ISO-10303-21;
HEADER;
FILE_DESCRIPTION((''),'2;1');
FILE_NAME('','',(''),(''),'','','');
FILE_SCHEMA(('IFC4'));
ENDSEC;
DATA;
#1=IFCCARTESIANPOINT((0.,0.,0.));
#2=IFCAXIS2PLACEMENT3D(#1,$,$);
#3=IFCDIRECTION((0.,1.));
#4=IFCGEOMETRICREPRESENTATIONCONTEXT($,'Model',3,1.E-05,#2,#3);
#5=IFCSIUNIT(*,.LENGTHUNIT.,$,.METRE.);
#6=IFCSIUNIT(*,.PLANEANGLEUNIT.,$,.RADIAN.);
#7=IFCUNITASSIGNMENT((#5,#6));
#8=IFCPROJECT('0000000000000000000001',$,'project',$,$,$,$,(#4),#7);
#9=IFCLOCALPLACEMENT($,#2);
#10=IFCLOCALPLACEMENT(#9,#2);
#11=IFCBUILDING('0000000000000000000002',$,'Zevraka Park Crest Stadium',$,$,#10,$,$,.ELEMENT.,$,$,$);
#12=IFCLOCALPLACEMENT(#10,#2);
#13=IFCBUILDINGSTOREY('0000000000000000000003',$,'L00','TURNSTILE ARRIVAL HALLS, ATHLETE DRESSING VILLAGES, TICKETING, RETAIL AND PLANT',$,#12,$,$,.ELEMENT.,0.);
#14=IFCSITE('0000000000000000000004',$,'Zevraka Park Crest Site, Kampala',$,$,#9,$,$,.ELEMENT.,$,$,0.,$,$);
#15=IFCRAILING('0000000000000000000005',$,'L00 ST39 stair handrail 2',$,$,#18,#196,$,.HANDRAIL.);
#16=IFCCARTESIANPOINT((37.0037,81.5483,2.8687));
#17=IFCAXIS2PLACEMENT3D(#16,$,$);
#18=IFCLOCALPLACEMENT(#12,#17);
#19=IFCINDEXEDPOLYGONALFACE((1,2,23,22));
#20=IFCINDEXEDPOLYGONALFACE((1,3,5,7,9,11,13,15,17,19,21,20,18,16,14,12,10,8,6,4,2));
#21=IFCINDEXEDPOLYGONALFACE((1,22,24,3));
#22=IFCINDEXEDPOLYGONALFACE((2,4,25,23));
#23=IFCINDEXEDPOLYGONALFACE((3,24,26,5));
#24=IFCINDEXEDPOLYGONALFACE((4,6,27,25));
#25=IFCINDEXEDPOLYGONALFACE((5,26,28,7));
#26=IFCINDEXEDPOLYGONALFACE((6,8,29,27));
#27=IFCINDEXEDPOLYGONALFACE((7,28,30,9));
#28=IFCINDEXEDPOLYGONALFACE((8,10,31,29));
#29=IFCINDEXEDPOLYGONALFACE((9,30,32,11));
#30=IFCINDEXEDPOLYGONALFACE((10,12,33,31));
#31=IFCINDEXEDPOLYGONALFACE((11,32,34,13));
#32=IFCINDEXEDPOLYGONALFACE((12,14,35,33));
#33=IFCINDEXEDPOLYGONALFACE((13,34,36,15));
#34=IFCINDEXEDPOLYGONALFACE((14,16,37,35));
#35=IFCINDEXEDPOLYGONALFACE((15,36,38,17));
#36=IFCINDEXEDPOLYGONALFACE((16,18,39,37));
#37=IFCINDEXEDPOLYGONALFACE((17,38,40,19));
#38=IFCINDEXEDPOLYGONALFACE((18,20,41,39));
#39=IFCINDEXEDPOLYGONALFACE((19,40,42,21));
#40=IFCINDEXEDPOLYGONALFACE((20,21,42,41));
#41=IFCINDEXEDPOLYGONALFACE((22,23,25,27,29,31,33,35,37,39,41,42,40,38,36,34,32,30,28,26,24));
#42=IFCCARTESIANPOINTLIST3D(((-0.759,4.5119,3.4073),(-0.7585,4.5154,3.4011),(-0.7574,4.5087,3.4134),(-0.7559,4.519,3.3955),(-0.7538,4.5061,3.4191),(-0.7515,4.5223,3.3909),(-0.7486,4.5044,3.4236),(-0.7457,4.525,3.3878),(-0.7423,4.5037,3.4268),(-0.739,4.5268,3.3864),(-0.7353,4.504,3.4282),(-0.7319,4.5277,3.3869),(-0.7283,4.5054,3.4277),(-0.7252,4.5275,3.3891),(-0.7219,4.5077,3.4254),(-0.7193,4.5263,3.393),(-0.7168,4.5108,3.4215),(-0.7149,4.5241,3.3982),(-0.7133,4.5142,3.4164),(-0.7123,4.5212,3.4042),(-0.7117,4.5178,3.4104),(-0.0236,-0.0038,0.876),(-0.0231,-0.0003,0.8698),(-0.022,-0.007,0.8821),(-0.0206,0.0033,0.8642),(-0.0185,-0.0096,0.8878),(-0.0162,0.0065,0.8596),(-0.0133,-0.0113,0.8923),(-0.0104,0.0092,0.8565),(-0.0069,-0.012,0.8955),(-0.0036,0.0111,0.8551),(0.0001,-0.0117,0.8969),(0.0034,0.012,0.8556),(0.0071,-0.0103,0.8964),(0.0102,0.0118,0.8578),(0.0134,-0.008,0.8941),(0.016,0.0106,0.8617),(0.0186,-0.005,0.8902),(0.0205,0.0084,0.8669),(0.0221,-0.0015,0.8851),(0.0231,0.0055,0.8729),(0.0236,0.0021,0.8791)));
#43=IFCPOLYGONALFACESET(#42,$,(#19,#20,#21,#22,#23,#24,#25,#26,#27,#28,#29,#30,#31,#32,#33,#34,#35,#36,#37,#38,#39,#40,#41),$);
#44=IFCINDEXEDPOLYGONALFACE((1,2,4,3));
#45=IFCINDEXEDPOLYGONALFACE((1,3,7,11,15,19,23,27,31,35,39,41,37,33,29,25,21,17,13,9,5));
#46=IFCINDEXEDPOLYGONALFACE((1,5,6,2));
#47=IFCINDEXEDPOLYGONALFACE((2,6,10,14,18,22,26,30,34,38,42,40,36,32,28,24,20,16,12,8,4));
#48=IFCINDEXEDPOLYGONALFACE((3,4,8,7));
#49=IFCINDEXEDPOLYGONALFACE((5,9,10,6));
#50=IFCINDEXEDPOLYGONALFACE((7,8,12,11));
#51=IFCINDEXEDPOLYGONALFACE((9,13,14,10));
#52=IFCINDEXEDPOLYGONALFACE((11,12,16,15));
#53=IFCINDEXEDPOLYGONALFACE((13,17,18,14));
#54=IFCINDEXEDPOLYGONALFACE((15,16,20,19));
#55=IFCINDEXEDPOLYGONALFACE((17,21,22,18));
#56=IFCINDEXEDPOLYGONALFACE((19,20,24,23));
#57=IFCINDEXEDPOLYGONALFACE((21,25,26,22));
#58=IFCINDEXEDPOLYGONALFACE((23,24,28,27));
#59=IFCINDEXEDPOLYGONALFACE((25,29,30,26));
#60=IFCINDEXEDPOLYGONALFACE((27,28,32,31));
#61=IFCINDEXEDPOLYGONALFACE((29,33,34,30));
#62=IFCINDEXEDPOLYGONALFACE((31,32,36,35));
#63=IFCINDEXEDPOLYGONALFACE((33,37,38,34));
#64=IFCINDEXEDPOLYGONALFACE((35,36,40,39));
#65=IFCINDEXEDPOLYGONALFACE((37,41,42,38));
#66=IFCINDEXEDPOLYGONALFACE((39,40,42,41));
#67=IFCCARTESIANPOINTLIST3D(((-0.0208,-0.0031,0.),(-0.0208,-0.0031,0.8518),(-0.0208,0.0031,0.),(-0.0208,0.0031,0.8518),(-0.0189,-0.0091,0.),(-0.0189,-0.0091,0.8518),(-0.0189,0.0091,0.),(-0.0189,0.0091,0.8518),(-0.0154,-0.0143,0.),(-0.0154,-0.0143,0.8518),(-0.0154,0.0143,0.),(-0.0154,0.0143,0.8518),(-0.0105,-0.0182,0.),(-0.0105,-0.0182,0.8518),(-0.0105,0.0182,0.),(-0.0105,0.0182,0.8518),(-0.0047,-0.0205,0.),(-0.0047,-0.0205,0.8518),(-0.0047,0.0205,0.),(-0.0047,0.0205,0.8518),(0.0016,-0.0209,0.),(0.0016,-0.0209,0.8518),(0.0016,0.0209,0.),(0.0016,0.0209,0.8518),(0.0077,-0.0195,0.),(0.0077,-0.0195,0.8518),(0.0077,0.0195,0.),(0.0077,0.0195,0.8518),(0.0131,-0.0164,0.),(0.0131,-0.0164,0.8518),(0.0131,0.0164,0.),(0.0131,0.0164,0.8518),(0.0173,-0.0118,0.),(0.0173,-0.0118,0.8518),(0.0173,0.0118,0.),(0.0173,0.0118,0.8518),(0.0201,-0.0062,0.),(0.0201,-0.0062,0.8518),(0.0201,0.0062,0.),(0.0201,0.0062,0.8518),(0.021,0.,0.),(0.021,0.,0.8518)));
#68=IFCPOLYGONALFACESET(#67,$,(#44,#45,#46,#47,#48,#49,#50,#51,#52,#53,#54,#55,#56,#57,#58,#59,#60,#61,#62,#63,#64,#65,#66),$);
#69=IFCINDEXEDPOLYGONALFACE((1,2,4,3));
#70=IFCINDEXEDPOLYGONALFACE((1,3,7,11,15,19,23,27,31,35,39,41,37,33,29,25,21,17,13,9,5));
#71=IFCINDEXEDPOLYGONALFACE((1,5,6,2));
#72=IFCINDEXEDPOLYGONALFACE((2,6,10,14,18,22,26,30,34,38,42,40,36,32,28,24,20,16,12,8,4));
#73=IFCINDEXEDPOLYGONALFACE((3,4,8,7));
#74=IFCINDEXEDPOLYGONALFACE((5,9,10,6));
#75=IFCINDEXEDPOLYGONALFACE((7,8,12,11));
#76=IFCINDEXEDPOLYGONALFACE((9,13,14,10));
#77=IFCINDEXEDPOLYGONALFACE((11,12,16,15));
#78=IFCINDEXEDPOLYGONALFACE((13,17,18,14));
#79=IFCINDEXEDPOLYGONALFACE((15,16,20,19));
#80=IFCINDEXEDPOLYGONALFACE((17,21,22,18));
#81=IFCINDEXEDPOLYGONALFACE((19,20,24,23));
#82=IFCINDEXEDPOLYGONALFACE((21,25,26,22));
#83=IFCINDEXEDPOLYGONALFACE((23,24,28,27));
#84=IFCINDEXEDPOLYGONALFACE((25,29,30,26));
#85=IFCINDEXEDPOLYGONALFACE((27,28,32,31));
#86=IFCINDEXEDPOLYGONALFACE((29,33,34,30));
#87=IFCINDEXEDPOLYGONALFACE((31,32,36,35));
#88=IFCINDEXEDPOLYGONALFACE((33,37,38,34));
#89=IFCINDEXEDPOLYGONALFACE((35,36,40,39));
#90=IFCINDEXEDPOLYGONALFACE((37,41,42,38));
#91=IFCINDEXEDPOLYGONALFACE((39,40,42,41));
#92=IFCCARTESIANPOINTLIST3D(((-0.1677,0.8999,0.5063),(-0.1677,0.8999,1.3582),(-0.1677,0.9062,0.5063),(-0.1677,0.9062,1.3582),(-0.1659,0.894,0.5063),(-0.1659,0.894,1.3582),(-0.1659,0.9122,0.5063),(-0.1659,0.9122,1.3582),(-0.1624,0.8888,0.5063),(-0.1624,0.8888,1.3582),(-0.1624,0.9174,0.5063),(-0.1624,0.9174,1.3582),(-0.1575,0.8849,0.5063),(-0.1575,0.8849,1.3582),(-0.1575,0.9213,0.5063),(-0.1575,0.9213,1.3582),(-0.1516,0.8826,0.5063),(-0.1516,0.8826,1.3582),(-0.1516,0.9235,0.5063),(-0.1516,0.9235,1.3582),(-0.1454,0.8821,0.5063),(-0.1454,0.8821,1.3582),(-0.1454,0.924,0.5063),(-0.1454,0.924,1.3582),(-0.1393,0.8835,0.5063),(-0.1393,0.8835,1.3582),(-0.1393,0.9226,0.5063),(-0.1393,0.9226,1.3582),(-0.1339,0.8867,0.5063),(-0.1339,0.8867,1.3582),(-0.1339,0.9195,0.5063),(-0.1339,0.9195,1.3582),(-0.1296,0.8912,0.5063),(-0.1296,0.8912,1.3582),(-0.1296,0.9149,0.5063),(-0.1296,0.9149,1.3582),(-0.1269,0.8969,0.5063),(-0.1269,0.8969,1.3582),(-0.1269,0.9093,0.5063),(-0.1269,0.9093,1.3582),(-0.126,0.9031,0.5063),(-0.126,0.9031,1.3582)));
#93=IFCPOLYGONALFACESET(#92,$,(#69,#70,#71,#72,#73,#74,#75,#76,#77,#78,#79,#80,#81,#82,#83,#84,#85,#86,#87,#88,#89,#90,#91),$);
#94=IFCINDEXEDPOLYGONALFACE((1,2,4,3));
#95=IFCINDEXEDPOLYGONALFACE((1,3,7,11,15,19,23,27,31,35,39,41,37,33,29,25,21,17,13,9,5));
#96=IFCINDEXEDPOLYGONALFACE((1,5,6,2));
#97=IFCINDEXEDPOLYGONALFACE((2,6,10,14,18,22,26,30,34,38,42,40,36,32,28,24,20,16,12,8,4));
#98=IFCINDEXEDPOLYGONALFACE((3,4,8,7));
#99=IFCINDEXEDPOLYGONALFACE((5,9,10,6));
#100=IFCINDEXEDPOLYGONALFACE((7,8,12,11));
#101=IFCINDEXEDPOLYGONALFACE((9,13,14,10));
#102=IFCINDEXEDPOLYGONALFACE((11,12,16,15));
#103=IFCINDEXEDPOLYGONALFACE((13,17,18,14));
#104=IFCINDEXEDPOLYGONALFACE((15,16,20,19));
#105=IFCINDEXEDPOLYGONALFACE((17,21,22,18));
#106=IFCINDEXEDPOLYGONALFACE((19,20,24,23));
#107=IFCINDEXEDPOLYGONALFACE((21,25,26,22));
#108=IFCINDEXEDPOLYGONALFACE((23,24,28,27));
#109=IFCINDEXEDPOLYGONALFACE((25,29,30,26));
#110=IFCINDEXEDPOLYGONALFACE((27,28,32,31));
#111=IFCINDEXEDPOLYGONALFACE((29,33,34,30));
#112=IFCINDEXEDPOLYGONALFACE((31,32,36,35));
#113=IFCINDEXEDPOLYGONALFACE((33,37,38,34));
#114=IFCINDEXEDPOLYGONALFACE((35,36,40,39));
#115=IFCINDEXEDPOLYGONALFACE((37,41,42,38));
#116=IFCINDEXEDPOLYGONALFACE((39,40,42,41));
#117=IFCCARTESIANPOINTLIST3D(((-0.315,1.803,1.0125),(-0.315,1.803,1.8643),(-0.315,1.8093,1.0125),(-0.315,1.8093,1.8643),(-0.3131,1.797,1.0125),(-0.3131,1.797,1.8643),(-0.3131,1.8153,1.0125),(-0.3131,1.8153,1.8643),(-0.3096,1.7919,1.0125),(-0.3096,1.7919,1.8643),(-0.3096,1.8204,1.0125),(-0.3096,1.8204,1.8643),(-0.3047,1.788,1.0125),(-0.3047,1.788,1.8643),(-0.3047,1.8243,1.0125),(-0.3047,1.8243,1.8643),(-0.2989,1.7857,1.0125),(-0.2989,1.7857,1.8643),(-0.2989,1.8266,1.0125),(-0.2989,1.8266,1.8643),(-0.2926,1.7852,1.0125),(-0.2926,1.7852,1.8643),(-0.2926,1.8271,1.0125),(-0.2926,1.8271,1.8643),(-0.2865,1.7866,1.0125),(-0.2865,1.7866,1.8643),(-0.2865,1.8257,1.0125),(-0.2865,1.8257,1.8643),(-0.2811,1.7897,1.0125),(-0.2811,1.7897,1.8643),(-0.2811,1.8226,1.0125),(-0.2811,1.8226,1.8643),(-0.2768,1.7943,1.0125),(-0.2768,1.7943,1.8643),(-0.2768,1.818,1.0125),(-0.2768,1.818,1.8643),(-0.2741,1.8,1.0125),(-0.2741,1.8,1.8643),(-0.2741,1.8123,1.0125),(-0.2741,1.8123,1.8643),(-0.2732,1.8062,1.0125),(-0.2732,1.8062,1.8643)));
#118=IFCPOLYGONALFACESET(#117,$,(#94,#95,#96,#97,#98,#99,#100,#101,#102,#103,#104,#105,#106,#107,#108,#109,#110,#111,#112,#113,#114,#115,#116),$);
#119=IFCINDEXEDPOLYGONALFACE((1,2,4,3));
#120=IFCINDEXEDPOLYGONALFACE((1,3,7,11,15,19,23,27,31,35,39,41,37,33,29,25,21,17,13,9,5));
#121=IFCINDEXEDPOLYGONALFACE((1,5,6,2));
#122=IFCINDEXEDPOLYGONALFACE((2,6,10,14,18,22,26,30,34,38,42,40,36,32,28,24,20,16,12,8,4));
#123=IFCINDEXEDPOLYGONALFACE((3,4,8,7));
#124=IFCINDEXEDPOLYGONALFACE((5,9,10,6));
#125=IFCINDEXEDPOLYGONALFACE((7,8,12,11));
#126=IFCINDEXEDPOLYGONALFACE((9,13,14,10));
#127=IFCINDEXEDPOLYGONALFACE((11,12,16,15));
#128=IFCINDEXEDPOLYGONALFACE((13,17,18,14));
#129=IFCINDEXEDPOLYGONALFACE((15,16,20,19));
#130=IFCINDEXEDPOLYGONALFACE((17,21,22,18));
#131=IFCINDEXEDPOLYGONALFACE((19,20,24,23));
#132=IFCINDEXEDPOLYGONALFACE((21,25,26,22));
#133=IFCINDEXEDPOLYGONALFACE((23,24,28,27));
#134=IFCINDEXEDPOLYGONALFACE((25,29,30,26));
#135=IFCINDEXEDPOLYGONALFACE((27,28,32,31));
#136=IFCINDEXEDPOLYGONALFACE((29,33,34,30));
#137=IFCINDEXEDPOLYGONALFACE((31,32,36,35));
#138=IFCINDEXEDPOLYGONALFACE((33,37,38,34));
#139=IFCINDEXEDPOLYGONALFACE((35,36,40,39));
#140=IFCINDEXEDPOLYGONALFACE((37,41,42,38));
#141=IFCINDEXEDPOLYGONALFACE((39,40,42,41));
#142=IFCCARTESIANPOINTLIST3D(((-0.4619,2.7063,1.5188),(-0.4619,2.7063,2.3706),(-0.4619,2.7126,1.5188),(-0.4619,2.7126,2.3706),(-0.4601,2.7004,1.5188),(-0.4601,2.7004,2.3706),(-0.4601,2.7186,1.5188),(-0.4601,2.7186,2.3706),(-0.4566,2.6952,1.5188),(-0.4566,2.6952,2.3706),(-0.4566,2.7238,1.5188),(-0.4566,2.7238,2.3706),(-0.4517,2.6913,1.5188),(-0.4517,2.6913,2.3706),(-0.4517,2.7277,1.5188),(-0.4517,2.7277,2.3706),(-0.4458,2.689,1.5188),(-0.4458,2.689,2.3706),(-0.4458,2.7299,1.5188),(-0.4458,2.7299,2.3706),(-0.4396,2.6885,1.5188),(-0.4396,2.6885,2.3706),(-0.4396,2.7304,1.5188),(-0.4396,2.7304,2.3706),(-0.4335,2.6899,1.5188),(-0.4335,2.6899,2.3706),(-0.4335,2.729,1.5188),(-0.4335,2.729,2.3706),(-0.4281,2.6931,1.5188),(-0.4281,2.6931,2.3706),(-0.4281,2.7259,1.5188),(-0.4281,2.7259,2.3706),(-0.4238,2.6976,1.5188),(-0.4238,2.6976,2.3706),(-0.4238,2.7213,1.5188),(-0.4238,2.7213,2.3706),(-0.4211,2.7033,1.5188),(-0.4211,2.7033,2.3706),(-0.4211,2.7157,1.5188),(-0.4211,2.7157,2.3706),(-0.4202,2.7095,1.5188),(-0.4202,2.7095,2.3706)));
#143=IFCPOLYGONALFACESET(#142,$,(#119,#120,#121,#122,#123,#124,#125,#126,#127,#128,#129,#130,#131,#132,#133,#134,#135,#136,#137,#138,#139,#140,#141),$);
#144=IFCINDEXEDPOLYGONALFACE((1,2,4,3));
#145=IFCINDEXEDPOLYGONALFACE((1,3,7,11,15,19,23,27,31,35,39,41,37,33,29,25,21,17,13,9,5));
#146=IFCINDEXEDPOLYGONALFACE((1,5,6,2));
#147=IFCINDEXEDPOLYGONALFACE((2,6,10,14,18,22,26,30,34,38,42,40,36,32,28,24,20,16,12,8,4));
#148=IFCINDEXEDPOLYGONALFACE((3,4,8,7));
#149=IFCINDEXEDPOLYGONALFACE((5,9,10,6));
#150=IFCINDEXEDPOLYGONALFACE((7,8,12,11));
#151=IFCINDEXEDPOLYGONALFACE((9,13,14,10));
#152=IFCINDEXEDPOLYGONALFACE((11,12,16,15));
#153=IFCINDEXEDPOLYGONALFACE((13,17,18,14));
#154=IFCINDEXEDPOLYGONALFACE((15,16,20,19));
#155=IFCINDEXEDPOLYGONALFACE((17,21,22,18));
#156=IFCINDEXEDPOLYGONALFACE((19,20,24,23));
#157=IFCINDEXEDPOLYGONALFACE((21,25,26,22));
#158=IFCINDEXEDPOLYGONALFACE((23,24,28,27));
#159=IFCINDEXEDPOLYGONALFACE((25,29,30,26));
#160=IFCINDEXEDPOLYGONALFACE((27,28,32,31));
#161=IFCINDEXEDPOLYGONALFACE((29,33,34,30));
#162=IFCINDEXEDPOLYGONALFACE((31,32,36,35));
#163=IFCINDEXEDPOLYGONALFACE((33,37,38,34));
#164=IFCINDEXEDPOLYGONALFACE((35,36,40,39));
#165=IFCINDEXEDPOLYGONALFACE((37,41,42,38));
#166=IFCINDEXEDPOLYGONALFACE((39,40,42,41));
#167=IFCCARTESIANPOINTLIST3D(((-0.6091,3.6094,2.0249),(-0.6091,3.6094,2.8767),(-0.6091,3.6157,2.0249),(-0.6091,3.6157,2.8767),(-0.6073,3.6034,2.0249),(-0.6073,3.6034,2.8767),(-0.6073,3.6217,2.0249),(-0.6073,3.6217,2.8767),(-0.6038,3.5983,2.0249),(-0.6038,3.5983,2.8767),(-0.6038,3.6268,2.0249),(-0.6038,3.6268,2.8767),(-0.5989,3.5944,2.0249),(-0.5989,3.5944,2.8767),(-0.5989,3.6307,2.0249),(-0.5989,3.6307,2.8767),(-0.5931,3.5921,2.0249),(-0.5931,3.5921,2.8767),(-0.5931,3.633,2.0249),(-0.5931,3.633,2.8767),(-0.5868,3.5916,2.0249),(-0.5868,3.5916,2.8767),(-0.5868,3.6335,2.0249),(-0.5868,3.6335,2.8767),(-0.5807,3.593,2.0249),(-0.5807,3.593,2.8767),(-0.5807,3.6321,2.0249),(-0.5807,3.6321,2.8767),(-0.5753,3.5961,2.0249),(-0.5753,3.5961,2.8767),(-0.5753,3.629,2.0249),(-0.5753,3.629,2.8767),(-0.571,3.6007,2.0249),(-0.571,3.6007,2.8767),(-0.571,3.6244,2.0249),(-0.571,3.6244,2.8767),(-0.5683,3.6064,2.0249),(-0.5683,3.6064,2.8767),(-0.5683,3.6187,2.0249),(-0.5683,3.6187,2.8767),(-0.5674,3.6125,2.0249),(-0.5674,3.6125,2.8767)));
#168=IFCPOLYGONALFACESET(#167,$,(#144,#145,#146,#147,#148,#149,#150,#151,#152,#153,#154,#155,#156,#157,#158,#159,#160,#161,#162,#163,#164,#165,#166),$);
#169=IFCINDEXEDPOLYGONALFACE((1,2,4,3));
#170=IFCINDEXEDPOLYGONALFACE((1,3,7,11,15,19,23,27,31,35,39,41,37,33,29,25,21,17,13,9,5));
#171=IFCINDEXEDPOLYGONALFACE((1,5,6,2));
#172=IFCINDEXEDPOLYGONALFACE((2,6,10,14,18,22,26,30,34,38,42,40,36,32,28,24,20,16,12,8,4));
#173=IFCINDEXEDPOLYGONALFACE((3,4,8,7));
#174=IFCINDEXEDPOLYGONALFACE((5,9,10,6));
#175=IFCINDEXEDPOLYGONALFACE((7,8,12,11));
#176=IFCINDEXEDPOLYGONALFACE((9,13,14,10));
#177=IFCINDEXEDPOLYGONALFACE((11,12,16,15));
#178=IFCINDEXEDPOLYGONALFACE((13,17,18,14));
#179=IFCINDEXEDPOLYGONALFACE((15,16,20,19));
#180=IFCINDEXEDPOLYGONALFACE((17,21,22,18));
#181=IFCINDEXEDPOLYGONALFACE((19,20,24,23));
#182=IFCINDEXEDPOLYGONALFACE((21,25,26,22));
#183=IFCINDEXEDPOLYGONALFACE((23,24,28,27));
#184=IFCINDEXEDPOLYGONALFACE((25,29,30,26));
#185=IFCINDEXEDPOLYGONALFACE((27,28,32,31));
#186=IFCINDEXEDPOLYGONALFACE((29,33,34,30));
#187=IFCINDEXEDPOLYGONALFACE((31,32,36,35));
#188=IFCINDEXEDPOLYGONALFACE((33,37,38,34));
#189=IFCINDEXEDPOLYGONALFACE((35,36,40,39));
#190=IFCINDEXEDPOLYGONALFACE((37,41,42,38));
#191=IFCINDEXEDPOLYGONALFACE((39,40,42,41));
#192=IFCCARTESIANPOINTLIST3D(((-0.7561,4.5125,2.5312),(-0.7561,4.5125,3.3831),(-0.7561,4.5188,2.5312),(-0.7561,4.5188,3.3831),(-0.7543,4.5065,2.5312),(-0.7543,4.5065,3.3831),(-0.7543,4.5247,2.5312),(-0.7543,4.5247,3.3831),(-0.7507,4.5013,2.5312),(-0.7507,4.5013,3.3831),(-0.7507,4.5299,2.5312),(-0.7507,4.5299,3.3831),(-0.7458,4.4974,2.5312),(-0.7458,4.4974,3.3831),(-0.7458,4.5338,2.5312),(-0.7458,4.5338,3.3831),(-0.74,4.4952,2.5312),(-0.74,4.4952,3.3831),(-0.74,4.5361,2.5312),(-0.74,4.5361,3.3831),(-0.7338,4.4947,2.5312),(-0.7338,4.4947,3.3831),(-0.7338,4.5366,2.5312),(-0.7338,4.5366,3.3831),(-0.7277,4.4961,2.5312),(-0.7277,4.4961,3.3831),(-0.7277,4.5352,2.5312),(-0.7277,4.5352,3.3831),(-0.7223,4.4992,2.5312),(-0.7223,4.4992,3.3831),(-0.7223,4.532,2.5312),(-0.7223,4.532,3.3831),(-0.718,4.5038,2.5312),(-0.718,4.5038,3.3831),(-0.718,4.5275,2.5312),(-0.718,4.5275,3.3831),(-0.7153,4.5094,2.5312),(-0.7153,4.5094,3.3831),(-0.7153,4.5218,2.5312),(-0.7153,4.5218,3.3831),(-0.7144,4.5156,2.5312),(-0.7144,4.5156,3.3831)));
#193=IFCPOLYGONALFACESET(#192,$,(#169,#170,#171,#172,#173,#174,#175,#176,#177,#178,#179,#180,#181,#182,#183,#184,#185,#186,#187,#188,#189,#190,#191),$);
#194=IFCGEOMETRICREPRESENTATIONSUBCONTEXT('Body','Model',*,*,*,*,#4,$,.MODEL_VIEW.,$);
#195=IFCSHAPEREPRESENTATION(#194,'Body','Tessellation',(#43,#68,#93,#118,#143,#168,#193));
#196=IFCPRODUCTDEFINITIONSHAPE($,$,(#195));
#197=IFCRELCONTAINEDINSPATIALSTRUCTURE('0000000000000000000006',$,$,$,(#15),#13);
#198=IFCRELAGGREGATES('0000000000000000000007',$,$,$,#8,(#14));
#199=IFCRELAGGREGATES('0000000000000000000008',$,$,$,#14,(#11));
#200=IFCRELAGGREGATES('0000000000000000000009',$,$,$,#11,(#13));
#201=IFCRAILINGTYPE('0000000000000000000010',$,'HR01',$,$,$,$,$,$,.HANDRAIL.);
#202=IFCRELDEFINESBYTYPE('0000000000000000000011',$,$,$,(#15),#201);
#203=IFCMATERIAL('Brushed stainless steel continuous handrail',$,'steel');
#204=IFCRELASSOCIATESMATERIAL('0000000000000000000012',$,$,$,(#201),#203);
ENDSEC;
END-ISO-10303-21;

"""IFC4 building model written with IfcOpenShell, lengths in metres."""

from ifc_helpers import new_model, si_unit, direction, frame, origin, origin_2d, place, context, subcontext, project, spatial, circle, extrude, material, type_object, element, save


model = new_model("IFC4")

# Units and contexts
model_context = context("Model", 3, precision=1e-05, world=origin(), true_north=direction((0.0, 1.0)))
body_context = subcontext(model_context, "Body", "Model", "MODEL_VIEW")
ifc_project = project(units=[si_unit("LENGTHUNIT", "METRE"), si_unit("PLANEANGLEUNIT", "RADIAN")], contexts=[model_context])

# Site, building, storey
site_placement = place(None, origin())
site = spatial("IfcSite", under=ifc_project, at=site_placement, Name="Zevraka Park Crest Site, Kampala", CompositionType="ELEMENT", RefElevation=0.0)
building_placement = place(site_placement, origin())
building = spatial("IfcBuilding", under=site, at=building_placement, Name="Zevraka Park Crest Stadium", CompositionType="ELEMENT")
storey_placement = place(building_placement, origin())
storey = spatial("IfcBuildingStorey", under=building, at=storey_placement, Name="L00", Description="TURNSTILE ARRIVAL HALLS, ATHLETE DRESSING VILLAGES, TICKETING, RETAIL AND PLANT", CompositionType="ELEMENT", Elevation=0.0)

# Railing
ifc_material_1 = material(Name="Brushed stainless steel continuous handrail", Category="steel")
railing_type_1 = type_object("IfcRailingType", Name="HR01", PredefinedType="HANDRAIL", material=ifc_material_1)
railing_1_placement = place(storey_placement, frame((37.0037, 81.5483, 2.8687)))
element("IfcRailing", 1, at=railing_1_placement, inside=storey, type_object=railing_type_1, Name="L00 ST39 stair handrail 2", PredefinedType="HANDRAIL", context=body_context, shape_type="SweptSolid", body=[
    extrude(circle(Radius=0.0239, at=origin_2d()), frame((0.0, 0.0, 0.876), z_axis=(-0.140639, 0.86363, 0.484111), x_axis=(-0.986999, -0.160729, 0.0)), (0.0, 0.0, 1.0), 5.2288),
    extrude(circle(Radius=0.021, at=origin_2d()), origin(), (0.0, 0.0, 1.0), 0.8518),
    extrude(circle(Radius=0.021, at=origin_2d()), frame((-0.147, 0.9031, 0.5063)), (0.0, 0.0, 1.0), 0.8518),
    extrude(circle(Radius=0.021, at=origin_2d()), frame((-0.2942, 1.8062, 1.0125)), (0.0, 0.0, 1.0), 0.8518),
    extrude(circle(Radius=0.021, at=origin_2d()), frame((-0.4412, 2.7095, 1.5188)), (0.0, 0.0, 1.0), 0.8518),
    extrude(circle(Radius=0.021, at=origin_2d()), frame((-0.5884, 3.6125, 2.0249)), (0.0, 0.0, 1.0), 0.8518),
    extrude(circle(Radius=0.021, at=origin_2d()), frame((-0.7354, 4.5156, 2.5312)), (0.0, 0.0, 1.0), 0.8518),
])

save(model, "model.ifc")
